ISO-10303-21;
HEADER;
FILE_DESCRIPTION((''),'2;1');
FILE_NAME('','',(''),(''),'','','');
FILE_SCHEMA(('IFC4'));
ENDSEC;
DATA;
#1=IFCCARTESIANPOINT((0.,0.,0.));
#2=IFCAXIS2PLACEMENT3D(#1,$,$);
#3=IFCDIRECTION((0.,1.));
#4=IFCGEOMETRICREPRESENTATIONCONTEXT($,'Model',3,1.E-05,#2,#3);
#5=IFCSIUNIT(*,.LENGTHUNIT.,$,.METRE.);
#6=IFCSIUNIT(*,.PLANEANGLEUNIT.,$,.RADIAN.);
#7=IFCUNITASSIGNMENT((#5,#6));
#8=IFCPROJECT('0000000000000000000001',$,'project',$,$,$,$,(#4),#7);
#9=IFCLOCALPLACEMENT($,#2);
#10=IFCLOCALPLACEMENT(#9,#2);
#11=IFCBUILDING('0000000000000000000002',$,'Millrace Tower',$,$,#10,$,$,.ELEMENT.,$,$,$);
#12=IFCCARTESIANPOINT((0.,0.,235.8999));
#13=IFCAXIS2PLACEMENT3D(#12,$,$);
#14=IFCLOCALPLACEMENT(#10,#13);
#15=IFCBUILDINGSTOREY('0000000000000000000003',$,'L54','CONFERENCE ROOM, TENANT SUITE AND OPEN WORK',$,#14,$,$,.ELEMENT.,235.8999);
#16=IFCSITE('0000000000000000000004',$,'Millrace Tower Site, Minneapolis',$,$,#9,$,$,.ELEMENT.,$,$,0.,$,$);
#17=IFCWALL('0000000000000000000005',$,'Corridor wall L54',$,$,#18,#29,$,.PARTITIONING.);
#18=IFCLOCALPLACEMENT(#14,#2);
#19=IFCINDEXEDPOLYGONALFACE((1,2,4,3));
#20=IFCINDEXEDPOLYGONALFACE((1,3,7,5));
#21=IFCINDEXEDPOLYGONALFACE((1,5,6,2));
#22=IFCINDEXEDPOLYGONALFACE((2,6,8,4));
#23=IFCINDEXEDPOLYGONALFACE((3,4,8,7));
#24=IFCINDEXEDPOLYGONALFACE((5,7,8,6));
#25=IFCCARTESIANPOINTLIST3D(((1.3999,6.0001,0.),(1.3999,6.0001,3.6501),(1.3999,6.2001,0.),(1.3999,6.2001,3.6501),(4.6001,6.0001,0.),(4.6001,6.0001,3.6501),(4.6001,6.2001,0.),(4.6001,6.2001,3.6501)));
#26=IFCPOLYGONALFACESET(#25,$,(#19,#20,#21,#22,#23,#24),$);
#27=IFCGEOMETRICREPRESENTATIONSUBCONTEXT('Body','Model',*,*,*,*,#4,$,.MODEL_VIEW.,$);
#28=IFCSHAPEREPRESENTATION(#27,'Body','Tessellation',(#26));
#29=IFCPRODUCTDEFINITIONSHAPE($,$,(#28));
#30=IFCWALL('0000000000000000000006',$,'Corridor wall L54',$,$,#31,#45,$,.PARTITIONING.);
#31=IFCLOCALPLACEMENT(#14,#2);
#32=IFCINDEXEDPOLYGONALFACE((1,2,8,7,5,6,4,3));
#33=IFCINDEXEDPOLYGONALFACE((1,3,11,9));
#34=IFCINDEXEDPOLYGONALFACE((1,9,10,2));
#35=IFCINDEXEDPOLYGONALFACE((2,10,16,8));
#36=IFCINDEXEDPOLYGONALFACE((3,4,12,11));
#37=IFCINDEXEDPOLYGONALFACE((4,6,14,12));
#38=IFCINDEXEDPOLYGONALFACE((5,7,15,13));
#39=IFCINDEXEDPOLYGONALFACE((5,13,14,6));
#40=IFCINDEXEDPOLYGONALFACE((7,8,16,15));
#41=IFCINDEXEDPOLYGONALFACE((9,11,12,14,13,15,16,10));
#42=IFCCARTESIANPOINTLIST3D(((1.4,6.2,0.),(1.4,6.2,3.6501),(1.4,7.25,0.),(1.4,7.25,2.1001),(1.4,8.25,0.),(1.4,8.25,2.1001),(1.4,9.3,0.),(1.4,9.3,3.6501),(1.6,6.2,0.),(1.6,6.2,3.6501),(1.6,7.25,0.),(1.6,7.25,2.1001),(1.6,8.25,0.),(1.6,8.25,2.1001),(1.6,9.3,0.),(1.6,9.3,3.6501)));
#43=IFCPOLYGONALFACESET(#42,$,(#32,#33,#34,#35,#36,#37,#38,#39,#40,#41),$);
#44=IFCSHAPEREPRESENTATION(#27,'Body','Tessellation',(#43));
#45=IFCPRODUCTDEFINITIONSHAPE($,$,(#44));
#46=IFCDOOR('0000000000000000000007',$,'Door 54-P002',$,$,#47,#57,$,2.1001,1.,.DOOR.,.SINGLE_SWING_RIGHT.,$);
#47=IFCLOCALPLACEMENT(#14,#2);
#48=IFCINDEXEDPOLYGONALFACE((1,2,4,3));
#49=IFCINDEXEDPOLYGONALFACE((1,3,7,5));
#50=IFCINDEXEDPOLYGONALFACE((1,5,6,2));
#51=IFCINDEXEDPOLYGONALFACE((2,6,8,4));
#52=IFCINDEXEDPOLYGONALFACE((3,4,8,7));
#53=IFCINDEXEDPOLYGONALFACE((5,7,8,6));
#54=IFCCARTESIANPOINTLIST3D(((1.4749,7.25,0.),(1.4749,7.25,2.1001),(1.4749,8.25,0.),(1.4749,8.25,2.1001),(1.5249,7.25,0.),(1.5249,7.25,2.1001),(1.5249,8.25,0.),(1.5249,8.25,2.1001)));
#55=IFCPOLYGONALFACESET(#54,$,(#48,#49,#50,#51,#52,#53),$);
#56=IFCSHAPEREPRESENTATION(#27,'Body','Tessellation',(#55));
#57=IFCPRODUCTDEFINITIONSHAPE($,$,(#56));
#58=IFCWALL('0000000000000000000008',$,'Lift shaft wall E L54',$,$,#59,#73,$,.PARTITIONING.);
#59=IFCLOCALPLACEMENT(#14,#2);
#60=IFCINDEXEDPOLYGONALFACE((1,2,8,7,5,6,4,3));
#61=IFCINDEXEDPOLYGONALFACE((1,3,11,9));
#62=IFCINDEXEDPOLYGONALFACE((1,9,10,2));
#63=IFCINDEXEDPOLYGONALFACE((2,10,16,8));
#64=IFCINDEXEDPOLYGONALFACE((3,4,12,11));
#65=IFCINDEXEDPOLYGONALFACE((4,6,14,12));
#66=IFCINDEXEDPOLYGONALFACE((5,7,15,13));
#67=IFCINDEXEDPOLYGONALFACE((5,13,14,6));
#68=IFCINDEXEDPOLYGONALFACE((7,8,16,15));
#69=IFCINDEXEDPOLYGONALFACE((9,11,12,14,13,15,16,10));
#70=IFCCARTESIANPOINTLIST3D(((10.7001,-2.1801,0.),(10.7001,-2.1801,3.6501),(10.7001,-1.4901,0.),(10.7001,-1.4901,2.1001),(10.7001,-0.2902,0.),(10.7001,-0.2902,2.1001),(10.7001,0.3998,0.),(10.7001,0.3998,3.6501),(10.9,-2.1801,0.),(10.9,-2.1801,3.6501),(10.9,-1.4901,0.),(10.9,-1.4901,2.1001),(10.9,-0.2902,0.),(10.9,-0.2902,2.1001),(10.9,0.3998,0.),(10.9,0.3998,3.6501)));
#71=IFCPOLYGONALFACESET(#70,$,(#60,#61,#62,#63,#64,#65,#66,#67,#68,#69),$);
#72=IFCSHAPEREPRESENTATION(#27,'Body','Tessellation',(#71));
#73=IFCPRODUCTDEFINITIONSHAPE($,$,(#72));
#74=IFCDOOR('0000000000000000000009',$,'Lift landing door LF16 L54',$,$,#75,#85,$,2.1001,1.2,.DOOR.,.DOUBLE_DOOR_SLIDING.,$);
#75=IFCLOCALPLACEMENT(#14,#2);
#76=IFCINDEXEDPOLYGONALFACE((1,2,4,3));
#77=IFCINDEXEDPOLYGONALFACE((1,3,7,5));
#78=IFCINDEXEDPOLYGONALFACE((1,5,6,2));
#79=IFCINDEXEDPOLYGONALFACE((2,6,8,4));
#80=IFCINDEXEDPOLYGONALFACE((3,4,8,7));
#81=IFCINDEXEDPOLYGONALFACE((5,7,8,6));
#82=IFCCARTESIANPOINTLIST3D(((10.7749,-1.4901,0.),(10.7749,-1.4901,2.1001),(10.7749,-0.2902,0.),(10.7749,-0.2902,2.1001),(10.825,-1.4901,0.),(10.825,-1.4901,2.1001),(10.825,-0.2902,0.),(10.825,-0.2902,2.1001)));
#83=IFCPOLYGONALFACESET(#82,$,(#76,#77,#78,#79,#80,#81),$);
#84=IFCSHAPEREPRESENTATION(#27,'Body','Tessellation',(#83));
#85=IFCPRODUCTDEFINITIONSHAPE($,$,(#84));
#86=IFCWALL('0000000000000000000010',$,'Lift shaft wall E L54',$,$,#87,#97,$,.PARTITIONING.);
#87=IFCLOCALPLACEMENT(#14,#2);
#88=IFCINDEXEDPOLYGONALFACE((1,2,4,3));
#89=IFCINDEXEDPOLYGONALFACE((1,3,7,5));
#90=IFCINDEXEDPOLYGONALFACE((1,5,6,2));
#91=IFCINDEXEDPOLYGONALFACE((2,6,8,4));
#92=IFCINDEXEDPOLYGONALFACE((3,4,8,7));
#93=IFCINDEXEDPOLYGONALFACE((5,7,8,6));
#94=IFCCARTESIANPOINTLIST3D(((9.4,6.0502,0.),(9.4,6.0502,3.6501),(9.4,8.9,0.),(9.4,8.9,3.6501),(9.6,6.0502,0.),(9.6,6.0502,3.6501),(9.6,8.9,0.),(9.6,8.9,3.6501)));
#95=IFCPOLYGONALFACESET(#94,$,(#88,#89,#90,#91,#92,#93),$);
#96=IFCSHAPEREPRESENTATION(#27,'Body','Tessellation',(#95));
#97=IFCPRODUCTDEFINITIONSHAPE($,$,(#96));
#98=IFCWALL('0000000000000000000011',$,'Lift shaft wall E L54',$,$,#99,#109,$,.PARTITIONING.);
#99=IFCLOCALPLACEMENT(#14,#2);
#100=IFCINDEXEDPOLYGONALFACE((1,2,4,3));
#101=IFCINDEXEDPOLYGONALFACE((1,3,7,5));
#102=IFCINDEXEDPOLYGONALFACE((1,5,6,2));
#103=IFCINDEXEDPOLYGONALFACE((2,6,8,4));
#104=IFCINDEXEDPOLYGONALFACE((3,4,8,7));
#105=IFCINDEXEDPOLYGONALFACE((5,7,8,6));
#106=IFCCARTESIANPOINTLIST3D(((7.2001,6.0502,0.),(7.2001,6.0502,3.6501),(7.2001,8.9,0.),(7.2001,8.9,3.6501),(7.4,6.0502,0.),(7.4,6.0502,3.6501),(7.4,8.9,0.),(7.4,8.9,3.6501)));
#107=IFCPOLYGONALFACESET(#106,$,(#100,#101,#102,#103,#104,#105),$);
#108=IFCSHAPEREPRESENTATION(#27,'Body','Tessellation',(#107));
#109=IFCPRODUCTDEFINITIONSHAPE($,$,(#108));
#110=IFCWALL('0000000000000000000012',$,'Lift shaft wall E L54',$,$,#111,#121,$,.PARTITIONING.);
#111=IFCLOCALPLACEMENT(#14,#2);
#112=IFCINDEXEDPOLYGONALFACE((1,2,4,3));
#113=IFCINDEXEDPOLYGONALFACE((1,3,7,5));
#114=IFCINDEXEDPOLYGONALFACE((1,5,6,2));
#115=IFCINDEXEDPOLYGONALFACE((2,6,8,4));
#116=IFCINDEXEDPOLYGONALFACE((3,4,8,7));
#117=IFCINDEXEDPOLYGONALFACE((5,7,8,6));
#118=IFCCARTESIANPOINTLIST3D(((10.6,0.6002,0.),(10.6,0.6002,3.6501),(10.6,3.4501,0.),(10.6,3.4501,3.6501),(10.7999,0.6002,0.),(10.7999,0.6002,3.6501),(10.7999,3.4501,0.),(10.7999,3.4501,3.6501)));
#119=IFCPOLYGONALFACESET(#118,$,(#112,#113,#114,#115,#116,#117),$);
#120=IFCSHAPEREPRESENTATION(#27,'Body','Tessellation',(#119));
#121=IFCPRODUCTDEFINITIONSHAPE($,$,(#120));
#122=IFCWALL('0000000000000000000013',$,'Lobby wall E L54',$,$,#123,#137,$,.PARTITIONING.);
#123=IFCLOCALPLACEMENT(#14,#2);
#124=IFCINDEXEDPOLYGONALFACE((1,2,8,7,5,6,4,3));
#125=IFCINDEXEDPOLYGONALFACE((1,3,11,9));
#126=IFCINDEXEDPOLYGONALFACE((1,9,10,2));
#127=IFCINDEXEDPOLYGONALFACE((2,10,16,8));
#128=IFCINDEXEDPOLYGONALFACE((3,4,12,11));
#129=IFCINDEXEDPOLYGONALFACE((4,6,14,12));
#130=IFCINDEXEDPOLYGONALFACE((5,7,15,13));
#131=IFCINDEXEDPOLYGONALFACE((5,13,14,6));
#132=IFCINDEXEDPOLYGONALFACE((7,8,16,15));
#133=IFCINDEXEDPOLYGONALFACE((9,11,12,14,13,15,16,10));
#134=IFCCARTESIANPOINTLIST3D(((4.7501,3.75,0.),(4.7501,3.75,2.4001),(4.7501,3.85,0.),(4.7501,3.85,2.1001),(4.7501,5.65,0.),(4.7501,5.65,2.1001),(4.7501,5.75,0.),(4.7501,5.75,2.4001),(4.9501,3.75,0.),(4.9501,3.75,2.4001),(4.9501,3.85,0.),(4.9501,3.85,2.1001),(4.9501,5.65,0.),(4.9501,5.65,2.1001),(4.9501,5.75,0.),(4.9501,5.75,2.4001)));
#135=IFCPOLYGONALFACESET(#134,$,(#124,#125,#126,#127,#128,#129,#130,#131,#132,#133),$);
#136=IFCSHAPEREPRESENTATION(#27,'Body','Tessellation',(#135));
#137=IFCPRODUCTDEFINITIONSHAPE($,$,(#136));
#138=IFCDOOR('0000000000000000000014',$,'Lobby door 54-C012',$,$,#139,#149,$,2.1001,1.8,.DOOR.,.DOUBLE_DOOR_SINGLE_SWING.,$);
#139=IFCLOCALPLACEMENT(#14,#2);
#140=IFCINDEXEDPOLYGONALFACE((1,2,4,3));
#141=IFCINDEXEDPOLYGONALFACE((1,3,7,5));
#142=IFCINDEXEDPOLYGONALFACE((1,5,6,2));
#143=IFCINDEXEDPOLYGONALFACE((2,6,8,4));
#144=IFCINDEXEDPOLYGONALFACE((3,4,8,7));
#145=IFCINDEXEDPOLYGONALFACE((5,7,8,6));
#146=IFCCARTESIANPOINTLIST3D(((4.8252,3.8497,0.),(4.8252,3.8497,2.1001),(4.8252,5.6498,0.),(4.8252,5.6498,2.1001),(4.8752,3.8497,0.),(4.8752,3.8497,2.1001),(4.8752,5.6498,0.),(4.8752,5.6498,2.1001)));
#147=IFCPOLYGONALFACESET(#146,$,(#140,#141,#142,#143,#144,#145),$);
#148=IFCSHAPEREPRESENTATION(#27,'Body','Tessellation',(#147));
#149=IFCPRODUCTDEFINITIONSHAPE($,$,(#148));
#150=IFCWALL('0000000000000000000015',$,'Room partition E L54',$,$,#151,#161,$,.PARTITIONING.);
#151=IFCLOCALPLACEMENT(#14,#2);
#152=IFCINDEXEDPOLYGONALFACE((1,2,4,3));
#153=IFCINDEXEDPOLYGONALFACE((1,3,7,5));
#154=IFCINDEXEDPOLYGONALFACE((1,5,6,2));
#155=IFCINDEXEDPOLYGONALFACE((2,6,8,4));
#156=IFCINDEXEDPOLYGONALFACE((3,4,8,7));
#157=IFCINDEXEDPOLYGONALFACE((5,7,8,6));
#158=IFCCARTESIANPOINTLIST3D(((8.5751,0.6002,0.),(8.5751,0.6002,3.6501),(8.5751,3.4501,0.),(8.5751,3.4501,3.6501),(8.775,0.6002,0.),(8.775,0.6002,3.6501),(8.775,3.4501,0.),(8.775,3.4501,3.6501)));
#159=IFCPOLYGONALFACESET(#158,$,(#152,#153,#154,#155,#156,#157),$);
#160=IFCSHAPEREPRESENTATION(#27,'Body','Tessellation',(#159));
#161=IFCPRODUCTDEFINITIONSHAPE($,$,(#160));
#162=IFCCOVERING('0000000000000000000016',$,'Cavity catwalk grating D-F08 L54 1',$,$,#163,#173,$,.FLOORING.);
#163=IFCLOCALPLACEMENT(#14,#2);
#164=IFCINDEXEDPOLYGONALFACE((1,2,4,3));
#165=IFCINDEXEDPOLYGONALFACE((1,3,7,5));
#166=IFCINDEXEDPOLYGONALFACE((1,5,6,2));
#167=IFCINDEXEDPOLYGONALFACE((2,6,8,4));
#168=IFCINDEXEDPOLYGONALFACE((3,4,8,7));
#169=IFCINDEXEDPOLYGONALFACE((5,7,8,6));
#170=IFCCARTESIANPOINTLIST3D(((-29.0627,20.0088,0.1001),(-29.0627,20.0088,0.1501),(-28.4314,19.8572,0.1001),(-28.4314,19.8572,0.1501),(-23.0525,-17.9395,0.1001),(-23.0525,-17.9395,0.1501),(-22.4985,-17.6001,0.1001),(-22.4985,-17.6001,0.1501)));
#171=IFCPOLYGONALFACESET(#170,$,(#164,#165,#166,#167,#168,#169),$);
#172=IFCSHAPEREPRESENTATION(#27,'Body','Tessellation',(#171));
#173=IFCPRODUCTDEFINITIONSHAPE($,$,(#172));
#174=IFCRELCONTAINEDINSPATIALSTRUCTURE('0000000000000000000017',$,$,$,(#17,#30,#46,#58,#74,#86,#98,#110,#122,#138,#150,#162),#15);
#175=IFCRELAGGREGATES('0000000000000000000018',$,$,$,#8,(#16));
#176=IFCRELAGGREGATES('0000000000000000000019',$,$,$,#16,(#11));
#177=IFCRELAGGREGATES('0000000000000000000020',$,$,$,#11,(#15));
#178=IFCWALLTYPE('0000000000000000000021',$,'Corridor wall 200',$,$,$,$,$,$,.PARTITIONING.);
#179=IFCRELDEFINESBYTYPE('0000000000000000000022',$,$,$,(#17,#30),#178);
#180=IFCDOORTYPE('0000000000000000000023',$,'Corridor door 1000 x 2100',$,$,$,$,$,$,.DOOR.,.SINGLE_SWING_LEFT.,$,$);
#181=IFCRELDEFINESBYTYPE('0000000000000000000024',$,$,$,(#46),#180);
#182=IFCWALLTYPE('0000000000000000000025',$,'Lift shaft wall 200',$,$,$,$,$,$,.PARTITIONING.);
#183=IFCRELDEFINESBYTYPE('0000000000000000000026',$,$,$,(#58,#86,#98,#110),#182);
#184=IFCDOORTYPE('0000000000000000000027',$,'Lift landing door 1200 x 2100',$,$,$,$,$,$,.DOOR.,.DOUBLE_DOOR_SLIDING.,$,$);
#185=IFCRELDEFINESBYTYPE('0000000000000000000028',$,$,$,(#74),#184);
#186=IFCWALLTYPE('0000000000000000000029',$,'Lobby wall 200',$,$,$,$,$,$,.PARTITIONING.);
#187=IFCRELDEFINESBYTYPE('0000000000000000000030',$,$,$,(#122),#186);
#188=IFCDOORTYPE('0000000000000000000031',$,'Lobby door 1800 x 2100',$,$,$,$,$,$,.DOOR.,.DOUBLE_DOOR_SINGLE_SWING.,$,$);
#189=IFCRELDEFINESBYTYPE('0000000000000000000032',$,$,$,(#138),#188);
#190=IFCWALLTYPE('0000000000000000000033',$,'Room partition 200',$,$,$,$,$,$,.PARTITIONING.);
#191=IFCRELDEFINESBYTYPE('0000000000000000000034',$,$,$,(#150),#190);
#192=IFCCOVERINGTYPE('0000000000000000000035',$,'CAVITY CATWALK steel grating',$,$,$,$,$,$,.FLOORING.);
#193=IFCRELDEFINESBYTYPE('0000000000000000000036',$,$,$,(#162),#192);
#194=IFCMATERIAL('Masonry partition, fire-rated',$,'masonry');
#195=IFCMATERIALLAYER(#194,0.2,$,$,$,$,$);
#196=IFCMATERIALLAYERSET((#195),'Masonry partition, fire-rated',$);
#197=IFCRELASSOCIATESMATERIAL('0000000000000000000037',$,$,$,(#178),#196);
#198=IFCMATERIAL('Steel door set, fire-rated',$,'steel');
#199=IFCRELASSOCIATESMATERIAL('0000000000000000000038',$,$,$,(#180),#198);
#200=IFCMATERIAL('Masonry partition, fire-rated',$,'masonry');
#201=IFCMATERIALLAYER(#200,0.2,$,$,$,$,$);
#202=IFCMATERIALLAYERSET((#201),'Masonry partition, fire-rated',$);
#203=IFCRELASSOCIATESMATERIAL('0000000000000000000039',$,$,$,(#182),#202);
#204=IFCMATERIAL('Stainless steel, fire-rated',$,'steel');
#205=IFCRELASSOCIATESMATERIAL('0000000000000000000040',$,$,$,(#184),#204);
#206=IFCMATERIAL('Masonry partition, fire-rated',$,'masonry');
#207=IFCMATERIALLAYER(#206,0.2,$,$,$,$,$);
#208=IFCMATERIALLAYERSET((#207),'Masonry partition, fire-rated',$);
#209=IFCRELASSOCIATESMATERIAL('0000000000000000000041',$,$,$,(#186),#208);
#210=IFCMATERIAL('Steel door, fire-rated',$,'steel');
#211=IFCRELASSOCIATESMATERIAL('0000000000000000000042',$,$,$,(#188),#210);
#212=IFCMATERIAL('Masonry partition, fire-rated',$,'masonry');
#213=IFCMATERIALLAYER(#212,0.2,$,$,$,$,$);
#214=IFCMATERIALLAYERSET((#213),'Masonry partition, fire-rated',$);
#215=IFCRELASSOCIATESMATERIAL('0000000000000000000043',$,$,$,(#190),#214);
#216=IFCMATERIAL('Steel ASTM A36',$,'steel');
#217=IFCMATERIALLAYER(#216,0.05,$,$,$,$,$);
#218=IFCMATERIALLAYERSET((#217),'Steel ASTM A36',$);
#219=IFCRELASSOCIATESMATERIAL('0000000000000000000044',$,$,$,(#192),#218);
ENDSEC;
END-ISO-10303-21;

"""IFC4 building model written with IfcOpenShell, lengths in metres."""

from ifc_helpers import new_model, si_unit, direction, frame, frame_2d, origin, place, context, subcontext, project, spatial, polyline, rectangle, outline, extrude, material, layer, layer_set, type_object, element, fill, save


model = new_model("IFC4")

# Units and contexts
model_context = context("Model", 3, precision=1e-05, world=origin(), true_north=direction((0.0, 1.0)))
body_context = subcontext(model_context, "Body", "Model", "MODEL_VIEW")
ifc_project = project(units=[si_unit("LENGTHUNIT", "METRE"), si_unit("PLANEANGLEUNIT", "RADIAN")], contexts=[model_context])

# Site, building, storey
site_placement = place(None, origin())
site = spatial("IfcSite", under=ifc_project, at=site_placement, Name="Millrace Tower Site, Minneapolis", CompositionType="ELEMENT", RefElevation=0.0)
building_placement = place(site_placement, origin())
building = spatial("IfcBuilding", under=site, at=building_placement, Name="Millrace Tower", CompositionType="ELEMENT")
storey_placement = place(building_placement, frame((0.0, 0.0, 235.8999)))
storey = spatial("IfcBuildingStorey", under=building, at=storey_placement, Name="L54", Description="CONFERENCE ROOM, TENANT SUITE AND OPEN WORK", CompositionType="ELEMENT", Elevation=235.8999)

# Wall
ifc_material_1 = material(Name="Masonry partition, fire-rated", Category="masonry")
ifc_layer_1 = layer(ifc_material_1, 0.2)
ifc_layer_set_1 = layer_set([ifc_layer_1], Name="Masonry partition, fire-rated")
wall_type_1 = type_object("IfcWallType", Name="Corridor wall 200", PredefinedType="PARTITIONING", material=ifc_layer_set_1)
wall_1_placement = place(storey_placement, frame((1.3999, 6.1001, 0.0), z_axis=(0.0, 0.0, 1.0), x_axis=(1.0, 0.0, 0.0)))
element("IfcWall", 1, at=wall_1_placement, inside=storey, type_object=wall_type_1, Name="Corridor wall L54", PredefinedType="PARTITIONING", context=body_context, shape_type="SweptSolid", body=[
    extrude(rectangle(XDim=3.2002, YDim=0.2, at=frame_2d((1.6001, 0.0))), origin(), (0.0, 0.0, 1.0), 3.6501),
])

# Walls, openings, doors
wall_2_placement = place(storey_placement, frame((1.5, 6.2, 0.0), z_axis=(0.0, 0.0, 1.0), x_axis=(0.0, 1.0, 0.0)))
wall_2 = element("IfcWall", 2, at=wall_2_placement, inside=storey, type_object=wall_type_1, Name="Corridor wall L54", PredefinedType="PARTITIONING", context=body_context, shape_type="SweptSolid", body=[
    extrude(rectangle(XDim=3.1001, YDim=0.2, at=frame_2d((1.55, 0.0))), origin(), (0.0, 0.0, 1.0), 3.6501),
])
opening_1_placement = place(wall_2_placement, frame((1.05, 0.0, 0.0)))
opening_1 = element("IfcOpeningElement", 3, at=opening_1_placement, cuts=wall_2, PredefinedType="OPENING", context=body_context, shape_type="SweptSolid", body=[
    extrude(rectangle(XDim=1.0, YDim=2.1001, at=frame_2d((0.5, 1.05))), frame((0.0, 0.1099, 0.0), z_axis=(0.0, -1.0, 0.0), x_axis=(1.0, 0.0, 0.0)), (0.0, 0.0, 1.0), 0.22),
])
ifc_material_2 = material(Name="Steel door set, fire-rated", Category="steel")
door_type_1 = type_object("IfcDoorType", Name="Corridor door 1000 x 2100", OperationType="SINGLE_SWING_LEFT", PredefinedType="DOOR", material=ifc_material_2)
door_1_placement = place(opening_1_placement, frame((1.0, 0.0, 0.0), z_axis=(0.0, 0.0, 1.0), x_axis=(-1.0, 0.0, 0.0)))
door_1 = element("IfcDoor", 4, at=door_1_placement, inside=storey, type_object=door_type_1, Name="Door 54-P002", OperationType="SINGLE_SWING_RIGHT", OverallHeight=2.1001, OverallWidth=1.0, PredefinedType="DOOR", context=body_context, shape_type="SweptSolid", body=[
    extrude(rectangle(XDim=1.0, YDim=2.1001, at=frame_2d((0.5, 1.05))), frame((0.0, 0.0249, 0.0), z_axis=(0.0, -1.0, 0.0), x_axis=(1.0, 0.0, 0.0)), (0.0, 0.0, 1.0), 0.05),
])
fill(opening_1, door_1)
ifc_material_3 = material(Name="Masonry partition, fire-rated", Category="masonry")
ifc_layer_2 = layer(ifc_material_3, 0.2)
ifc_layer_set_2 = layer_set([ifc_layer_2], Name="Masonry partition, fire-rated")
wall_type_2 = type_object("IfcWallType", Name="Lift shaft wall 200", PredefinedType="PARTITIONING", material=ifc_layer_set_2)
wall_3_placement = place(storey_placement, frame((10.8, 0.3999, 0.0), z_axis=(0.0, 0.0, 1.0), x_axis=(0.0, -1.0, 0.0)))
wall_3 = element("IfcWall", 5, at=wall_3_placement, inside=storey, type_object=wall_type_2, Name="Lift shaft wall E L54", PredefinedType="PARTITIONING", context=body_context, shape_type="SweptSolid", body=[
    extrude(rectangle(XDim=2.5798, YDim=0.2, at=frame_2d((1.29, 0.0))), origin(), (0.0, 0.0, 1.0), 3.6501),
])
opening_2_placement = place(wall_3_placement, frame((0.6899, 0.0, 0.0)))
opening_2 = element("IfcOpeningElement", 6, at=opening_2_placement, cuts=wall_3, PredefinedType="OPENING", context=body_context, shape_type="SweptSolid", body=[
    extrude(rectangle(XDim=1.2, YDim=2.1001, at=frame_2d((0.6001, 1.05))), frame((0.0, 0.1099, 0.0), z_axis=(0.0, -1.0, 0.0), x_axis=(1.0, 0.0, 0.0)), (0.0, 0.0, 1.0), 0.22),
])
ifc_material_4 = material(Name="Stainless steel, fire-rated", Category="steel")
door_type_2 = type_object("IfcDoorType", Name="Lift landing door 1200 x 2100", OperationType="DOUBLE_DOOR_SLIDING", PredefinedType="DOOR", material=ifc_material_4)
door_2_placement = place(opening_2_placement, origin())
door_2 = element("IfcDoor", 7, at=door_2_placement, inside=storey, type_object=door_type_2, Name="Lift landing door LF16 L54", OperationType="DOUBLE_DOOR_SLIDING", OverallHeight=2.1001, OverallWidth=1.2, PredefinedType="DOOR", context=body_context, shape_type="SweptSolid", body=[
    extrude(rectangle(XDim=1.2, YDim=2.1001, at=frame_2d((0.6001, 1.05))), frame((0.0, 0.0249, 0.0), z_axis=(0.0, -1.0, 0.0), x_axis=(1.0, 0.0, 0.0)), (0.0, 0.0, 1.0), 0.05),
])
fill(opening_2, door_2)

# Walls
for number, where, z_axis, x_axis, name in (
    (8, (9.5, 8.8999, 0.0), (0.0, 0.0, 1.0), (0.0, -1.0, 0.0), "Lift shaft wall E L54"),
    (9, (7.3, 8.8999, 0.0), (0.0, 0.0, 1.0), (0.0, -1.0, 0.0), "Lift shaft wall E L54"),
    (10, (10.7, 3.45, 0.0), (0.0, 0.0, 1.0), (0.0, -1.0, 0.0), "Lift shaft wall E L54"),
):
    element("IfcWall", number, at=place(storey_placement, frame(where, z_axis=z_axis, x_axis=x_axis)), inside=storey, type_object=wall_type_2, Name=name, PredefinedType="PARTITIONING", context=body_context, shape_type="SweptSolid", body=[
        extrude(rectangle(XDim=2.8499, YDim=0.2, at=frame_2d((1.4248, 0.0))), origin(), (0.0, 0.0, 1.0), 3.6501),
    ])

# Wall, opening, door
ifc_material_5 = material(Name="Masonry partition, fire-rated", Category="masonry")
ifc_layer_3 = layer(ifc_material_5, 0.2)
ifc_layer_set_3 = layer_set([ifc_layer_3], Name="Masonry partition, fire-rated")
wall_type_3 = type_object("IfcWallType", Name="Lobby wall 200", PredefinedType="PARTITIONING", material=ifc_layer_set_3)
wall_4_placement = place(storey_placement, frame((4.8501, 5.75, 0.0), z_axis=(0.0, 0.0, 1.0), x_axis=(0.0, -1.0, 0.0)))
wall_4 = element("IfcWall", 11, at=wall_4_placement, inside=storey, type_object=wall_type_3, Name="Lobby wall E L54", PredefinedType="PARTITIONING", context=body_context, shape_type="SweptSolid", body=[
    extrude(rectangle(XDim=2.0, YDim=0.2, at=frame_2d((1.0, 0.0))), origin(), (0.0, 0.0, 1.0), 2.4001),
])
opening_3_placement = place(wall_4_placement, frame((0.1001, 0.0, 0.0)))
opening_3 = element("IfcOpeningElement", 12, at=opening_3_placement, cuts=wall_4, PredefinedType="OPENING", context=body_context, shape_type="SweptSolid", body=[
    extrude(rectangle(XDim=1.8, YDim=2.1001, at=frame_2d((0.8999, 1.05))), frame((0.0, 0.1099, 0.0), z_axis=(0.0, -1.0, 0.0), x_axis=(1.0, 0.0, 0.0)), (0.0, 0.0, 1.0), 0.22),
])
ifc_material_6 = material(Name="Steel door, fire-rated", Category="steel")
door_type_3 = type_object("IfcDoorType", Name="Lobby door 1800 x 2100", OperationType="DOUBLE_DOOR_SINGLE_SWING", PredefinedType="DOOR", material=ifc_material_6)
door_3_placement = place(opening_3_placement, frame((1.8, 0.0, 0.0), z_axis=(0.0, 0.0, 1.0), x_axis=(-1.0, 0.0, 0.0)))
door_3 = element("IfcDoor", 13, at=door_3_placement, inside=storey, type_object=door_type_3, Name="Lobby door 54-C012", OperationType="DOUBLE_DOOR_SINGLE_SWING", OverallHeight=2.1001, OverallWidth=1.8, PredefinedType="DOOR", context=body_context, shape_type="SweptSolid", body=[
    extrude(rectangle(XDim=1.8, YDim=2.1001, at=frame_2d((0.8999, 1.05))), frame((0.0, 0.0249, 0.0), z_axis=(0.0, -1.0, 0.0), x_axis=(1.0, 0.0, 0.0)), (0.0, 0.0, 1.0), 0.05),
])
fill(opening_3, door_3)

# Wall
ifc_material_7 = material(Name="Masonry partition, fire-rated", Category="masonry")
ifc_layer_4 = layer(ifc_material_7, 0.2)
ifc_layer_set_4 = layer_set([ifc_layer_4], Name="Masonry partition, fire-rated")
wall_type_4 = type_object("IfcWallType", Name="Room partition 200", PredefinedType="PARTITIONING", material=ifc_layer_set_4)
wall_5_placement = place(storey_placement, frame((8.675, 3.45, 0.0), z_axis=(0.0, 0.0, 1.0), x_axis=(0.0, -1.0, 0.0)))
element("IfcWall", 14, at=wall_5_placement, inside=storey, type_object=wall_type_4, Name="Room partition E L54", PredefinedType="PARTITIONING", context=body_context, shape_type="SweptSolid", body=[
    extrude(rectangle(XDim=2.8499, YDim=0.2, at=frame_2d((1.4248, 0.0))), origin(), (0.0, 0.0, 1.0), 3.6501),
])

# Covering
ifc_material_8 = material(Name="Steel ASTM A36", Category="steel")
ifc_layer_5 = layer(ifc_material_8, 0.05)
ifc_layer_set_5 = layer_set([ifc_layer_5], Name="Steel ASTM A36")
covering_type = type_object("IfcCoveringType", Name="CAVITY CATWALK steel grating", PredefinedType="FLOORING", material=ifc_layer_set_5)
covering_placement = place(storey_placement, frame((0.0, 0.0, 0.1001)))
element("IfcCovering", 15, at=covering_placement, inside=storey, type_object=covering_type, Name="Cavity catwalk grating D-F08 L54 1", PredefinedType="FLOORING", context=body_context, shape_type="SweptSolid", body=[
    extrude(outline(polyline([(-29.0627, 20.0088), (-23.0525, -17.9395), (-22.4985, -17.6001), (-28.4314, 19.8572), (-29.0627, 20.0088)])), origin(), (0.0, 0.0, 1.0), 0.05),
])

save(model, "model.ifc")
